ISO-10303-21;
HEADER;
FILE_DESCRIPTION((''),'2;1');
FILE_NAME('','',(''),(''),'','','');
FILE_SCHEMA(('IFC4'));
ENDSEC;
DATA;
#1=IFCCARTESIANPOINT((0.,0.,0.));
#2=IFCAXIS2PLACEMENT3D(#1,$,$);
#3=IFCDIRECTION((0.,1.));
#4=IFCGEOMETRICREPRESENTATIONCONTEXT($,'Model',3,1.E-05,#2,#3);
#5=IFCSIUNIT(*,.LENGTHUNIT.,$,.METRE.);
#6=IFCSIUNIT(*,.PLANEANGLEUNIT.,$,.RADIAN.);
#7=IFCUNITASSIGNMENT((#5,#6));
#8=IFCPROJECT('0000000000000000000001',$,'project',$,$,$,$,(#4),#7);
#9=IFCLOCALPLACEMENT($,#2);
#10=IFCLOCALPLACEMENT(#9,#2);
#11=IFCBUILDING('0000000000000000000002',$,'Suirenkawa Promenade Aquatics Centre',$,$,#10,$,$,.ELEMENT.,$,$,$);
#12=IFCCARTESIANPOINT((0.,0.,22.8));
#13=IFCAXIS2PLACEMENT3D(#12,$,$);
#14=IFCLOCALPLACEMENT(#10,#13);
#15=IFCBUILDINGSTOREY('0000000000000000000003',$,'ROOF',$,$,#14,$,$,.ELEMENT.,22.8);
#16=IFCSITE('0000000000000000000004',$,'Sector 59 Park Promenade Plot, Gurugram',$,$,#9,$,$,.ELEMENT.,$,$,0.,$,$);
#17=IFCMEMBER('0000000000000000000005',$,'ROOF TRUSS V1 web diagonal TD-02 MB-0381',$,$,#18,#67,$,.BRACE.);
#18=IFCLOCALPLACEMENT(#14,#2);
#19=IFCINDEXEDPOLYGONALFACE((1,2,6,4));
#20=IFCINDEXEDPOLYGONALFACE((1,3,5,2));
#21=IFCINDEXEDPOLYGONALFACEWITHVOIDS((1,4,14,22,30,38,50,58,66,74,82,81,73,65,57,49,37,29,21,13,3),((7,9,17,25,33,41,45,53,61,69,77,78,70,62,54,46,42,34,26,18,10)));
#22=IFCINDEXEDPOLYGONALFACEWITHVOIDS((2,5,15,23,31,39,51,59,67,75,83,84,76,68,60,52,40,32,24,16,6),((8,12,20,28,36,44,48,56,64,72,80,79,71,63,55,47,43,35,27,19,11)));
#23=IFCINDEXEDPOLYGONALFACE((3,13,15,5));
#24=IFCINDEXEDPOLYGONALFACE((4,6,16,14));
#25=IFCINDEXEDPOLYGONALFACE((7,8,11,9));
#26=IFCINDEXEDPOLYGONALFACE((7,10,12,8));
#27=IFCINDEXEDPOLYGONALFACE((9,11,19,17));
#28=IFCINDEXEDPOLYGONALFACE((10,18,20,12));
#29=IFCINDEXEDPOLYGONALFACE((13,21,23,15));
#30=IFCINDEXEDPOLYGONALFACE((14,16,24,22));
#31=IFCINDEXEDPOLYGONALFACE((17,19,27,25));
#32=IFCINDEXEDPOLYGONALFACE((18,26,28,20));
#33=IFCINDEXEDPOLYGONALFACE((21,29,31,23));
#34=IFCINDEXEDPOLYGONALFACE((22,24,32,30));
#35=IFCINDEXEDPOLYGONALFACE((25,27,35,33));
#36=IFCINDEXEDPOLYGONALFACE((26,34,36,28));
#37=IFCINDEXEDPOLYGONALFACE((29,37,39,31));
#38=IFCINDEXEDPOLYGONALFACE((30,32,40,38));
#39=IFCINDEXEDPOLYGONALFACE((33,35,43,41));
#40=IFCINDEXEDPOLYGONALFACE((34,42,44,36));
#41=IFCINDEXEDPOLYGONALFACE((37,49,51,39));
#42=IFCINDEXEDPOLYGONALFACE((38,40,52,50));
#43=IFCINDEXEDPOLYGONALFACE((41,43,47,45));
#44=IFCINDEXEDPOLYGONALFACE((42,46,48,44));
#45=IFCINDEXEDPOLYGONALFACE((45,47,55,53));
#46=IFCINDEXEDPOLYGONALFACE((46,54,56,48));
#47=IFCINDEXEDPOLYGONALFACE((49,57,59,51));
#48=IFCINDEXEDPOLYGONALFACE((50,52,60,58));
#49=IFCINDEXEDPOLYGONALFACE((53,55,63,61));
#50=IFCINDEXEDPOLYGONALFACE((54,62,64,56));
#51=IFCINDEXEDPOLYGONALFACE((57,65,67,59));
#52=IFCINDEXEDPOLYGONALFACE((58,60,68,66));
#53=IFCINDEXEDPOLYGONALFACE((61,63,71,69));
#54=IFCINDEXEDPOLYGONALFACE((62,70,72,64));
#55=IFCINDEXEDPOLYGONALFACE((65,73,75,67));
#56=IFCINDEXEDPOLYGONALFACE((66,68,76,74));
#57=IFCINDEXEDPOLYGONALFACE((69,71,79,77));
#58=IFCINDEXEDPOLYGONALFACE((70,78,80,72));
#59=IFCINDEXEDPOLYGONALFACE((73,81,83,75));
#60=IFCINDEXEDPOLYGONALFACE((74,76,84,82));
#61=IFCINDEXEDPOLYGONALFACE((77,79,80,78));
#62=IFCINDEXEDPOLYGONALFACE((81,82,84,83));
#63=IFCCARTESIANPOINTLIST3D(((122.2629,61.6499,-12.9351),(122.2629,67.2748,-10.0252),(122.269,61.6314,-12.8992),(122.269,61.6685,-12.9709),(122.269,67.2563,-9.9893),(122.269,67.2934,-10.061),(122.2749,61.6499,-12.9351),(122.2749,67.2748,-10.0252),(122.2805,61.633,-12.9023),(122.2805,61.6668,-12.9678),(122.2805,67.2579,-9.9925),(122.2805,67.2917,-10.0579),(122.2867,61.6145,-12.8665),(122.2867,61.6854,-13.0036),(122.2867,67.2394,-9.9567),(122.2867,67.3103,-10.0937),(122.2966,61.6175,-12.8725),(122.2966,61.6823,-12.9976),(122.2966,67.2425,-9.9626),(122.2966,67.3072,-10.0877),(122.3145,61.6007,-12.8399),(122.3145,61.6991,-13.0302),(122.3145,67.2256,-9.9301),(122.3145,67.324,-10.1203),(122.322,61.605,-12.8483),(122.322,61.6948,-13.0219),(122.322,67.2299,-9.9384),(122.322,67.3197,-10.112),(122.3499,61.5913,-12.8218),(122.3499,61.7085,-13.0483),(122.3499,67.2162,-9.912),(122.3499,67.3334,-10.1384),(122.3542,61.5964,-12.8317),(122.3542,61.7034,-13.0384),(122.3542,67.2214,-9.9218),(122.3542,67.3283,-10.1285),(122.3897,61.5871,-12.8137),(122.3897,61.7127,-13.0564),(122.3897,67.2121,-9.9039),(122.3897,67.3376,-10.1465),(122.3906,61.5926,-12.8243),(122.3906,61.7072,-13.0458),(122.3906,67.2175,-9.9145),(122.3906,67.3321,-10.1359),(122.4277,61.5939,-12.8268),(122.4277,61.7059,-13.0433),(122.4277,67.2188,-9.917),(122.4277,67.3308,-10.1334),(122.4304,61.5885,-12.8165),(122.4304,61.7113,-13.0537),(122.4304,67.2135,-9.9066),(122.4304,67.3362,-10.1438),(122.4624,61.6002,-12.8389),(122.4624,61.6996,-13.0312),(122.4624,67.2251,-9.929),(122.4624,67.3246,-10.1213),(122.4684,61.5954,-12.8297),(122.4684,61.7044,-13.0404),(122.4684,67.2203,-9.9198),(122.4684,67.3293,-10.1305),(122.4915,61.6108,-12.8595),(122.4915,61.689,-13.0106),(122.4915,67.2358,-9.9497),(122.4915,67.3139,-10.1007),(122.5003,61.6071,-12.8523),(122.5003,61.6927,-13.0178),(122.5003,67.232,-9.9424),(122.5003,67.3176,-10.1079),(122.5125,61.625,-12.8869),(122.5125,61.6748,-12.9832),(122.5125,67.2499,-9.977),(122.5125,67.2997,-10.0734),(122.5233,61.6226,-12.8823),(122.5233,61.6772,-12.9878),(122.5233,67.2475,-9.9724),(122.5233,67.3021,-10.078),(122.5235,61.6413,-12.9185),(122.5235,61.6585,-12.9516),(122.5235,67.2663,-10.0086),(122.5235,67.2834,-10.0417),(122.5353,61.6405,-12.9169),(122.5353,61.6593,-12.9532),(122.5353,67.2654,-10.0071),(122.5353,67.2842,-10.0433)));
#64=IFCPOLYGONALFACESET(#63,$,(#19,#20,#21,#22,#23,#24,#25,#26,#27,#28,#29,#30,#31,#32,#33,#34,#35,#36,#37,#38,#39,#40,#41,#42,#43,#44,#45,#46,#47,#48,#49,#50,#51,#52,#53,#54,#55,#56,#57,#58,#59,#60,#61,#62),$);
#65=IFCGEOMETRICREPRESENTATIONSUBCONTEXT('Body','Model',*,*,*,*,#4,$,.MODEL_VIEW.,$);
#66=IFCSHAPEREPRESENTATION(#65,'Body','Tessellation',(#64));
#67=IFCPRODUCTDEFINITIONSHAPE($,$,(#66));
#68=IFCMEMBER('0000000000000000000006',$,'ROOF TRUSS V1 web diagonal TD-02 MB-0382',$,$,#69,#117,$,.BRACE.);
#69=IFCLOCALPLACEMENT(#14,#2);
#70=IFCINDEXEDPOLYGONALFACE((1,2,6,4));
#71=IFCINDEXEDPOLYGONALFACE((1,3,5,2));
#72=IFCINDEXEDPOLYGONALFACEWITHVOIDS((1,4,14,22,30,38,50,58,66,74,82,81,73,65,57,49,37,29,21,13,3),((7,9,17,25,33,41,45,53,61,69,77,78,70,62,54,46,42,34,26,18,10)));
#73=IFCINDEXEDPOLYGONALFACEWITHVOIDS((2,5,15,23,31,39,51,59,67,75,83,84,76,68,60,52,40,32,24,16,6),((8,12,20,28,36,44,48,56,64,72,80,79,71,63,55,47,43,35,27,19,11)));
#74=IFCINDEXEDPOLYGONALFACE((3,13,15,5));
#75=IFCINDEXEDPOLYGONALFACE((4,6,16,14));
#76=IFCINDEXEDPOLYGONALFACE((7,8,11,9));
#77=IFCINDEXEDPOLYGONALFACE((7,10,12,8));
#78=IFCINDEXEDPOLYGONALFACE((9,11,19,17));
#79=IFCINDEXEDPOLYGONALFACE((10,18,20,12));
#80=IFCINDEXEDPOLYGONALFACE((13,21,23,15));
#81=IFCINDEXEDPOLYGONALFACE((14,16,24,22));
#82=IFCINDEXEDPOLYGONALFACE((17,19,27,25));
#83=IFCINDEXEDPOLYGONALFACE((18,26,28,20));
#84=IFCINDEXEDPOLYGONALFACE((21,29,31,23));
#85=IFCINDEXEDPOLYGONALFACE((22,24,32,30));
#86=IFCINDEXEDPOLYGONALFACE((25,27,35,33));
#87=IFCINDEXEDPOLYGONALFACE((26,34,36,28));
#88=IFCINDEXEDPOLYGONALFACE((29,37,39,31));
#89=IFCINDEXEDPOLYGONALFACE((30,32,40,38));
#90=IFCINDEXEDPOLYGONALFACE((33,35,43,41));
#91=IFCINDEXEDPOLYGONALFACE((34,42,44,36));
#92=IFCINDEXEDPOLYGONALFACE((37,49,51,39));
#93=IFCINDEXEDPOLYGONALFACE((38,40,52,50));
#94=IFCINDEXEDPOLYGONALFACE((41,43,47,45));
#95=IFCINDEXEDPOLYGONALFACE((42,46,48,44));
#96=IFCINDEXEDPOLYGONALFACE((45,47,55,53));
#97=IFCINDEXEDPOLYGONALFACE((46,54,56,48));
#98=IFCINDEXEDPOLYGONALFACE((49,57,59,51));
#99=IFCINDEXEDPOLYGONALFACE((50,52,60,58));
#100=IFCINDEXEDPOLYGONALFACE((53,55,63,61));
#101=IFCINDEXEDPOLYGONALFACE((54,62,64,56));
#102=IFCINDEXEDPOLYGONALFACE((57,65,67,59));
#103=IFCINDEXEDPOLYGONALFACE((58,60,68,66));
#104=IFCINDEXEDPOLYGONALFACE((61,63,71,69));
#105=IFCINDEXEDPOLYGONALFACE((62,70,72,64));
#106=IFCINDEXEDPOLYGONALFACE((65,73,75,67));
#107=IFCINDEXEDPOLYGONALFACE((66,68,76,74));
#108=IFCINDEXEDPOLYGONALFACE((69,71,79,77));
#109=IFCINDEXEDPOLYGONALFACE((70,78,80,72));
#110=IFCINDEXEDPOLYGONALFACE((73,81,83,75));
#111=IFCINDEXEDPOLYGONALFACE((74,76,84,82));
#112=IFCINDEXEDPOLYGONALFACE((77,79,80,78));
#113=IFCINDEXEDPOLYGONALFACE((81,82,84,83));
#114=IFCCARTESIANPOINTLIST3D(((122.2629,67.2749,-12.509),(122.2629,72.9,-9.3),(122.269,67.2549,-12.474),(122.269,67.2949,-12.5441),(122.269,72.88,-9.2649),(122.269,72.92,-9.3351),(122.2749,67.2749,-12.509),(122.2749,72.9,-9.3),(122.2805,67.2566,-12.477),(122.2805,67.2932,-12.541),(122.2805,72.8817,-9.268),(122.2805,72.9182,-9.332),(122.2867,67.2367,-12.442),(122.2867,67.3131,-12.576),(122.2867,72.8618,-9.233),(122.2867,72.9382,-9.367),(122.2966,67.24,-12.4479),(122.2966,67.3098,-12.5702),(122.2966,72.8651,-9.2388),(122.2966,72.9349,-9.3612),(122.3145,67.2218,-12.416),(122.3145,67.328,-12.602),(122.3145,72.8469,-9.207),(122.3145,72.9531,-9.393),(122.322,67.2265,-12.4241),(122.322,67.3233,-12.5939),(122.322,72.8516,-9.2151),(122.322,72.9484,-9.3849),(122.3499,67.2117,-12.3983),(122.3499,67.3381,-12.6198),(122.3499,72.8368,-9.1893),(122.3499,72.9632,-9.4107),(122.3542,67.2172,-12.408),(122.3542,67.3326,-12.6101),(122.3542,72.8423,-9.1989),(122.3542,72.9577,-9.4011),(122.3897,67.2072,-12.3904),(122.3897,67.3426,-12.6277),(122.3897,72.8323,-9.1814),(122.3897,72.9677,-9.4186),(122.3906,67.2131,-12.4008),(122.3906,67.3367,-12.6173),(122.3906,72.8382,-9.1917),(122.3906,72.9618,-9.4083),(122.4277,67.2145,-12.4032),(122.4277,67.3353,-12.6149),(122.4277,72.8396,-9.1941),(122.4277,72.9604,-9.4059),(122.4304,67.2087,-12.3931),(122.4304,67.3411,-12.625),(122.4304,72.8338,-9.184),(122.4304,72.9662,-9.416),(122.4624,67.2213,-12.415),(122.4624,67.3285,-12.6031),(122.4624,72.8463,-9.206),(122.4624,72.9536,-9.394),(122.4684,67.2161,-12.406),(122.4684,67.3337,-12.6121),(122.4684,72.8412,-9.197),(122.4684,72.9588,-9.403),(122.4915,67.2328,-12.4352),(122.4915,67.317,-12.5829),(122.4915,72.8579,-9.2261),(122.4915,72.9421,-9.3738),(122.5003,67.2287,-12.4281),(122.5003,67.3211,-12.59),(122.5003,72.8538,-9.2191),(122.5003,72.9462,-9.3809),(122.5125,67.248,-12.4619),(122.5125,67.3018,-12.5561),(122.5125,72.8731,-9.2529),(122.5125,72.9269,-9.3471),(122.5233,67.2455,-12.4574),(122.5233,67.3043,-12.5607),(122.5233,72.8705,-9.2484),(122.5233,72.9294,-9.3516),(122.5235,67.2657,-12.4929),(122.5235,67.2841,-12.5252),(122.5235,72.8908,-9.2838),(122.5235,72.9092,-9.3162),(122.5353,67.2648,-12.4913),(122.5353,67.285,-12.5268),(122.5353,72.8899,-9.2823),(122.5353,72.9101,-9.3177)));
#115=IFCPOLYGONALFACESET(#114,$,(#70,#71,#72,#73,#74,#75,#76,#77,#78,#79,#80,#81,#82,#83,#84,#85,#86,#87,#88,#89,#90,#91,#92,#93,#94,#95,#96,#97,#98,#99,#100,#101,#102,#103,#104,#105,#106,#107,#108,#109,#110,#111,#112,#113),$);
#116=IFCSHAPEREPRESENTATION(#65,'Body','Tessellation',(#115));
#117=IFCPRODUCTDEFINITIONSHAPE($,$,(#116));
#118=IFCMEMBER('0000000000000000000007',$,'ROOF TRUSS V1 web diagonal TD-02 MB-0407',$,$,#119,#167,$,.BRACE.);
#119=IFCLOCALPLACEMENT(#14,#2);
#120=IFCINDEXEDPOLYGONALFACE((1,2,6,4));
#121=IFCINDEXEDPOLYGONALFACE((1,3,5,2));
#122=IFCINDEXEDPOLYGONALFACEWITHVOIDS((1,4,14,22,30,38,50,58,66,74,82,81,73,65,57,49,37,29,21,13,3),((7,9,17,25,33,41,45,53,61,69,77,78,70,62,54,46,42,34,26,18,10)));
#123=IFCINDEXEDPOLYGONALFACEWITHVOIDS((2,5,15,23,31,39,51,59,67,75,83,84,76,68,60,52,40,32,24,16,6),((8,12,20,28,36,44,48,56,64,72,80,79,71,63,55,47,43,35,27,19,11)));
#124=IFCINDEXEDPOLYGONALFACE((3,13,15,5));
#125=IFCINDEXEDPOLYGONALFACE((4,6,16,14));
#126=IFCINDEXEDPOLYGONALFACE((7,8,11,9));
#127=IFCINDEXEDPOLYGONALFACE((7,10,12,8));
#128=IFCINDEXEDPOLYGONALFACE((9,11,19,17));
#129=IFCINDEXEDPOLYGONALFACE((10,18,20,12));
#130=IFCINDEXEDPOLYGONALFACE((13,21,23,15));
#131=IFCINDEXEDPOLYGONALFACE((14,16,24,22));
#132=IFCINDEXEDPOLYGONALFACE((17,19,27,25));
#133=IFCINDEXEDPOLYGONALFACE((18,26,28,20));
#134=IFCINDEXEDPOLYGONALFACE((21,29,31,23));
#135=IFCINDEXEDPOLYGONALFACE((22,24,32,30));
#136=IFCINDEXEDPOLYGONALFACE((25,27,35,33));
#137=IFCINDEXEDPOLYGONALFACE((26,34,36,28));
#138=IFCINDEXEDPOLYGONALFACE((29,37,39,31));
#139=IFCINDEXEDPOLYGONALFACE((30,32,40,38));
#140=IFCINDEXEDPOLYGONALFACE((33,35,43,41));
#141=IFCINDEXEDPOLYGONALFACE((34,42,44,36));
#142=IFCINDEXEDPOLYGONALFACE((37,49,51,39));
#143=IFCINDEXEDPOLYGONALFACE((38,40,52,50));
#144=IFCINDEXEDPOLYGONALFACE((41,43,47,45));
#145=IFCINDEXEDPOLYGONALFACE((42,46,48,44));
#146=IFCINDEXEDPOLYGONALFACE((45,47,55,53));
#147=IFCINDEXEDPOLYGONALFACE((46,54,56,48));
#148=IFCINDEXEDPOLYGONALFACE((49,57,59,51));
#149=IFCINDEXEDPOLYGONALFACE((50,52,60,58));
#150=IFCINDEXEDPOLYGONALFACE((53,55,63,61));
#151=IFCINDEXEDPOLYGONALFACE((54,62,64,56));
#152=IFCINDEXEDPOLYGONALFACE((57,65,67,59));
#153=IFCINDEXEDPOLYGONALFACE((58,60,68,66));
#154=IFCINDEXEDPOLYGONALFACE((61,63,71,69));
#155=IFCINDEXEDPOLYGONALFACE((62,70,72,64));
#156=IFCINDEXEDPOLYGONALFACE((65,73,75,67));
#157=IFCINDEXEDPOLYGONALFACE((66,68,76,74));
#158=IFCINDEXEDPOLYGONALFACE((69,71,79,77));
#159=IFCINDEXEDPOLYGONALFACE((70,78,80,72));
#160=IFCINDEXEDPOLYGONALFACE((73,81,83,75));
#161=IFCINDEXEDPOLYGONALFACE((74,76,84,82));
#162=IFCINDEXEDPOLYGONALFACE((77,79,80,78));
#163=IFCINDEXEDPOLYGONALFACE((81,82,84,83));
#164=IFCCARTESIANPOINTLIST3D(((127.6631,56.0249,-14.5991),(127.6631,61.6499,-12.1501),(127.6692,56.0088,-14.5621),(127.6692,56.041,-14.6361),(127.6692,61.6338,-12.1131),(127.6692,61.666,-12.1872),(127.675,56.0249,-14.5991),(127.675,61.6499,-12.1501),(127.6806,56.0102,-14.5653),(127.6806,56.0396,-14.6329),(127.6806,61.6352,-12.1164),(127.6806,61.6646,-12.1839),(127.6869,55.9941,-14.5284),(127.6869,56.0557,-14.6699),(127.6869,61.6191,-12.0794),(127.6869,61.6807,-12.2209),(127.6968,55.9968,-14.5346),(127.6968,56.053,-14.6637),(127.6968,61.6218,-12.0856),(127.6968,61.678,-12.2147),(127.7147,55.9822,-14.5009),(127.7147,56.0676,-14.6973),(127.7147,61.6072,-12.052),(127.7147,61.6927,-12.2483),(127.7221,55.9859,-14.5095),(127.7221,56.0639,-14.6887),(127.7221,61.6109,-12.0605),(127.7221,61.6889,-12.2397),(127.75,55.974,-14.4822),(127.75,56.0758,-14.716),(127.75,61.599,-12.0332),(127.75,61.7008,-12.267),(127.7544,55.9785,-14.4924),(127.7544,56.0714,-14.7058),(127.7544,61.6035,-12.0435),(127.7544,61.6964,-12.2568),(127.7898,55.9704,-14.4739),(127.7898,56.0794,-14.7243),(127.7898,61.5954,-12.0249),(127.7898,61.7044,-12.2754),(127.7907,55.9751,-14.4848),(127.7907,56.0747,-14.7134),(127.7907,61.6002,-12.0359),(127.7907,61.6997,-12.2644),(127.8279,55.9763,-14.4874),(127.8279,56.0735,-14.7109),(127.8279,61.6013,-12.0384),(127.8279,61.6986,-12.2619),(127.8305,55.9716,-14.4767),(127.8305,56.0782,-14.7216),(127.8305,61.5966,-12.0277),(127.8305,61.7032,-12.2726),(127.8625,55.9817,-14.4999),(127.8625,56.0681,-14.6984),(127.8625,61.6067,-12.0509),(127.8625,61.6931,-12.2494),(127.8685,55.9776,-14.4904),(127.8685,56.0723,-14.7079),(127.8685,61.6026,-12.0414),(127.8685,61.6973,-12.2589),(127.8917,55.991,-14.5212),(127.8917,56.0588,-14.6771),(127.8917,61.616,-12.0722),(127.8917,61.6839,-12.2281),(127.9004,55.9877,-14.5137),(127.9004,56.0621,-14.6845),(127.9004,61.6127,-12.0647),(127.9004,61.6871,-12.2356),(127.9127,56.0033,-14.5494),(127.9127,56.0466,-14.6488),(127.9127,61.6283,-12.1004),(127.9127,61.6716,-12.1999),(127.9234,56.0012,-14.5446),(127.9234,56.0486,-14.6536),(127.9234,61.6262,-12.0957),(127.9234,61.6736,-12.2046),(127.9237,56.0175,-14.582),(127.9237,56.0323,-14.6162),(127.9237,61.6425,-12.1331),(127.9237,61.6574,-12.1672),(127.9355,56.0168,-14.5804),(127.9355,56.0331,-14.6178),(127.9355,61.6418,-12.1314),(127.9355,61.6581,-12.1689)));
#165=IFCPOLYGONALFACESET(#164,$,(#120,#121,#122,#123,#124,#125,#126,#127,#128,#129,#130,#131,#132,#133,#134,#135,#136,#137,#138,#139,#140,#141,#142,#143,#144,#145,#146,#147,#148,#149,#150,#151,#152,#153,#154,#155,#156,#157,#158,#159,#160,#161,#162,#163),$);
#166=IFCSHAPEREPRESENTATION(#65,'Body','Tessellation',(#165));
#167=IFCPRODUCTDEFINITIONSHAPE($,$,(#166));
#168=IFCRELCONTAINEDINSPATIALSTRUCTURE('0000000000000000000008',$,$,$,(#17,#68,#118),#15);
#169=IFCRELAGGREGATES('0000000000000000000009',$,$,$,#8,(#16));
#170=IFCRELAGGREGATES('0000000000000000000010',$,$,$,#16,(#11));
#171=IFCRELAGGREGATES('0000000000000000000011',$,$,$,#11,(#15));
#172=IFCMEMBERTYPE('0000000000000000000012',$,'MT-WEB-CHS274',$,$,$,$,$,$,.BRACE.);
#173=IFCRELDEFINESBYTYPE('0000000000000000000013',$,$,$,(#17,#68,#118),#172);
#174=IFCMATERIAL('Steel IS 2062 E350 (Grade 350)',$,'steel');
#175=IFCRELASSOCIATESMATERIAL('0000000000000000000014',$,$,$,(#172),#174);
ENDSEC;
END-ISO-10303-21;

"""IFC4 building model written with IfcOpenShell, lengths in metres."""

from ifc_helpers import new_model, si_unit, direction, frame, origin, origin_2d, place, context, subcontext, project, spatial, hollow_circle, extrude, material, material_profile, profile_set, type_object, element, save


model = new_model("IFC4")

# Units and contexts
model_context = context("Model", 3, precision=1e-05, world=origin(), true_north=direction((0.0, 1.0)))
body_context = subcontext(model_context, "Body", "Model", "MODEL_VIEW")
ifc_project = project(units=[si_unit("LENGTHUNIT", "METRE"), si_unit("PLANEANGLEUNIT", "RADIAN")], contexts=[model_context])

# Site, building, storey
site_placement = place(None, origin())
site = spatial("IfcSite", under=ifc_project, at=site_placement, Name="Sector 59 Park Promenade Plot, Gurugram", CompositionType="ELEMENT", RefElevation=0.0)
building_placement = place(site_placement, origin())
building = spatial("IfcBuilding", under=site, at=building_placement, Name="Suirenkawa Promenade Aquatics Centre", CompositionType="ELEMENT")
storey_placement = place(building_placement, frame((0.0, 0.0, 22.8)))
storey = spatial("IfcBuildingStorey", under=building, at=storey_placement, Name="ROOF", CompositionType="ELEMENT", Elevation=22.8)

# Shared definitions
ifc_material = material(Name="Steel IS 2062 E350 (Grade 350)", Category="steel")

# Members
ifc_material_profile_1 = material_profile(ifc_material, hollow_circle(Radius=0.137, WallThickness=0.012, at=origin_2d()), Name="CHS 274x12", Category="steel")
ifc_profile_set_1 = profile_set([ifc_material_profile_1], Name="Steel IS 2062 E350 (Grade 350)")
member_type_1 = type_object("IfcMemberType", Name="MT-WEB-CHS274", PredefinedType="BRACE", material=ifc_profile_set_1)
member_1_placement = place(storey_placement, frame((122.3999, 61.6499, -12.9351), z_axis=(0.0, 0.88819, 0.459476), x_axis=(-1.0, 0.0, 0.0)))
element("IfcMember", 1, at=member_1_placement, inside=storey, type_object=member_type_1, Name="ROOF TRUSS V1 web diagonal TD-02 MB-0381", PredefinedType="BRACE", context=body_context, shape_type="SweptSolid", body=[
    extrude(hollow_circle(Radius=0.137, WallThickness=0.012, at=origin_2d()), origin(), (0.0, 0.0, 1.0), 6.333),
])
member_2_placement = place(storey_placement, frame((122.3999, 67.2749, -12.509), z_axis=(0.0, 0.868596, 0.495522), x_axis=(-1.0, 0.0, 0.0)))
element("IfcMember", 2, at=member_2_placement, inside=storey, type_object=member_type_1, Name="ROOF TRUSS V1 web diagonal TD-02 MB-0382", PredefinedType="BRACE", context=body_context, shape_type="SweptSolid", body=[
    extrude(hollow_circle(Radius=0.137, WallThickness=0.012, at=origin_2d()), origin(), (0.0, 0.0, 1.0), 6.4761),
])
member_3_placement = place(storey_placement, frame((127.8, 56.0249, -14.5991), z_axis=(0.0, 0.916872, 0.399182), x_axis=(-1.0, 0.0, 0.0)))
element("IfcMember", 3, at=member_3_placement, inside=storey, type_object=member_type_1, Name="ROOF TRUSS V1 web diagonal TD-02 MB-0407", PredefinedType="BRACE", context=body_context, shape_type="SweptSolid", body=[
    extrude(hollow_circle(Radius=0.137, WallThickness=0.012, at=origin_2d()), origin(), (0.0, 0.0, 1.0), 6.135),
])

save(model, "model.ifc")
